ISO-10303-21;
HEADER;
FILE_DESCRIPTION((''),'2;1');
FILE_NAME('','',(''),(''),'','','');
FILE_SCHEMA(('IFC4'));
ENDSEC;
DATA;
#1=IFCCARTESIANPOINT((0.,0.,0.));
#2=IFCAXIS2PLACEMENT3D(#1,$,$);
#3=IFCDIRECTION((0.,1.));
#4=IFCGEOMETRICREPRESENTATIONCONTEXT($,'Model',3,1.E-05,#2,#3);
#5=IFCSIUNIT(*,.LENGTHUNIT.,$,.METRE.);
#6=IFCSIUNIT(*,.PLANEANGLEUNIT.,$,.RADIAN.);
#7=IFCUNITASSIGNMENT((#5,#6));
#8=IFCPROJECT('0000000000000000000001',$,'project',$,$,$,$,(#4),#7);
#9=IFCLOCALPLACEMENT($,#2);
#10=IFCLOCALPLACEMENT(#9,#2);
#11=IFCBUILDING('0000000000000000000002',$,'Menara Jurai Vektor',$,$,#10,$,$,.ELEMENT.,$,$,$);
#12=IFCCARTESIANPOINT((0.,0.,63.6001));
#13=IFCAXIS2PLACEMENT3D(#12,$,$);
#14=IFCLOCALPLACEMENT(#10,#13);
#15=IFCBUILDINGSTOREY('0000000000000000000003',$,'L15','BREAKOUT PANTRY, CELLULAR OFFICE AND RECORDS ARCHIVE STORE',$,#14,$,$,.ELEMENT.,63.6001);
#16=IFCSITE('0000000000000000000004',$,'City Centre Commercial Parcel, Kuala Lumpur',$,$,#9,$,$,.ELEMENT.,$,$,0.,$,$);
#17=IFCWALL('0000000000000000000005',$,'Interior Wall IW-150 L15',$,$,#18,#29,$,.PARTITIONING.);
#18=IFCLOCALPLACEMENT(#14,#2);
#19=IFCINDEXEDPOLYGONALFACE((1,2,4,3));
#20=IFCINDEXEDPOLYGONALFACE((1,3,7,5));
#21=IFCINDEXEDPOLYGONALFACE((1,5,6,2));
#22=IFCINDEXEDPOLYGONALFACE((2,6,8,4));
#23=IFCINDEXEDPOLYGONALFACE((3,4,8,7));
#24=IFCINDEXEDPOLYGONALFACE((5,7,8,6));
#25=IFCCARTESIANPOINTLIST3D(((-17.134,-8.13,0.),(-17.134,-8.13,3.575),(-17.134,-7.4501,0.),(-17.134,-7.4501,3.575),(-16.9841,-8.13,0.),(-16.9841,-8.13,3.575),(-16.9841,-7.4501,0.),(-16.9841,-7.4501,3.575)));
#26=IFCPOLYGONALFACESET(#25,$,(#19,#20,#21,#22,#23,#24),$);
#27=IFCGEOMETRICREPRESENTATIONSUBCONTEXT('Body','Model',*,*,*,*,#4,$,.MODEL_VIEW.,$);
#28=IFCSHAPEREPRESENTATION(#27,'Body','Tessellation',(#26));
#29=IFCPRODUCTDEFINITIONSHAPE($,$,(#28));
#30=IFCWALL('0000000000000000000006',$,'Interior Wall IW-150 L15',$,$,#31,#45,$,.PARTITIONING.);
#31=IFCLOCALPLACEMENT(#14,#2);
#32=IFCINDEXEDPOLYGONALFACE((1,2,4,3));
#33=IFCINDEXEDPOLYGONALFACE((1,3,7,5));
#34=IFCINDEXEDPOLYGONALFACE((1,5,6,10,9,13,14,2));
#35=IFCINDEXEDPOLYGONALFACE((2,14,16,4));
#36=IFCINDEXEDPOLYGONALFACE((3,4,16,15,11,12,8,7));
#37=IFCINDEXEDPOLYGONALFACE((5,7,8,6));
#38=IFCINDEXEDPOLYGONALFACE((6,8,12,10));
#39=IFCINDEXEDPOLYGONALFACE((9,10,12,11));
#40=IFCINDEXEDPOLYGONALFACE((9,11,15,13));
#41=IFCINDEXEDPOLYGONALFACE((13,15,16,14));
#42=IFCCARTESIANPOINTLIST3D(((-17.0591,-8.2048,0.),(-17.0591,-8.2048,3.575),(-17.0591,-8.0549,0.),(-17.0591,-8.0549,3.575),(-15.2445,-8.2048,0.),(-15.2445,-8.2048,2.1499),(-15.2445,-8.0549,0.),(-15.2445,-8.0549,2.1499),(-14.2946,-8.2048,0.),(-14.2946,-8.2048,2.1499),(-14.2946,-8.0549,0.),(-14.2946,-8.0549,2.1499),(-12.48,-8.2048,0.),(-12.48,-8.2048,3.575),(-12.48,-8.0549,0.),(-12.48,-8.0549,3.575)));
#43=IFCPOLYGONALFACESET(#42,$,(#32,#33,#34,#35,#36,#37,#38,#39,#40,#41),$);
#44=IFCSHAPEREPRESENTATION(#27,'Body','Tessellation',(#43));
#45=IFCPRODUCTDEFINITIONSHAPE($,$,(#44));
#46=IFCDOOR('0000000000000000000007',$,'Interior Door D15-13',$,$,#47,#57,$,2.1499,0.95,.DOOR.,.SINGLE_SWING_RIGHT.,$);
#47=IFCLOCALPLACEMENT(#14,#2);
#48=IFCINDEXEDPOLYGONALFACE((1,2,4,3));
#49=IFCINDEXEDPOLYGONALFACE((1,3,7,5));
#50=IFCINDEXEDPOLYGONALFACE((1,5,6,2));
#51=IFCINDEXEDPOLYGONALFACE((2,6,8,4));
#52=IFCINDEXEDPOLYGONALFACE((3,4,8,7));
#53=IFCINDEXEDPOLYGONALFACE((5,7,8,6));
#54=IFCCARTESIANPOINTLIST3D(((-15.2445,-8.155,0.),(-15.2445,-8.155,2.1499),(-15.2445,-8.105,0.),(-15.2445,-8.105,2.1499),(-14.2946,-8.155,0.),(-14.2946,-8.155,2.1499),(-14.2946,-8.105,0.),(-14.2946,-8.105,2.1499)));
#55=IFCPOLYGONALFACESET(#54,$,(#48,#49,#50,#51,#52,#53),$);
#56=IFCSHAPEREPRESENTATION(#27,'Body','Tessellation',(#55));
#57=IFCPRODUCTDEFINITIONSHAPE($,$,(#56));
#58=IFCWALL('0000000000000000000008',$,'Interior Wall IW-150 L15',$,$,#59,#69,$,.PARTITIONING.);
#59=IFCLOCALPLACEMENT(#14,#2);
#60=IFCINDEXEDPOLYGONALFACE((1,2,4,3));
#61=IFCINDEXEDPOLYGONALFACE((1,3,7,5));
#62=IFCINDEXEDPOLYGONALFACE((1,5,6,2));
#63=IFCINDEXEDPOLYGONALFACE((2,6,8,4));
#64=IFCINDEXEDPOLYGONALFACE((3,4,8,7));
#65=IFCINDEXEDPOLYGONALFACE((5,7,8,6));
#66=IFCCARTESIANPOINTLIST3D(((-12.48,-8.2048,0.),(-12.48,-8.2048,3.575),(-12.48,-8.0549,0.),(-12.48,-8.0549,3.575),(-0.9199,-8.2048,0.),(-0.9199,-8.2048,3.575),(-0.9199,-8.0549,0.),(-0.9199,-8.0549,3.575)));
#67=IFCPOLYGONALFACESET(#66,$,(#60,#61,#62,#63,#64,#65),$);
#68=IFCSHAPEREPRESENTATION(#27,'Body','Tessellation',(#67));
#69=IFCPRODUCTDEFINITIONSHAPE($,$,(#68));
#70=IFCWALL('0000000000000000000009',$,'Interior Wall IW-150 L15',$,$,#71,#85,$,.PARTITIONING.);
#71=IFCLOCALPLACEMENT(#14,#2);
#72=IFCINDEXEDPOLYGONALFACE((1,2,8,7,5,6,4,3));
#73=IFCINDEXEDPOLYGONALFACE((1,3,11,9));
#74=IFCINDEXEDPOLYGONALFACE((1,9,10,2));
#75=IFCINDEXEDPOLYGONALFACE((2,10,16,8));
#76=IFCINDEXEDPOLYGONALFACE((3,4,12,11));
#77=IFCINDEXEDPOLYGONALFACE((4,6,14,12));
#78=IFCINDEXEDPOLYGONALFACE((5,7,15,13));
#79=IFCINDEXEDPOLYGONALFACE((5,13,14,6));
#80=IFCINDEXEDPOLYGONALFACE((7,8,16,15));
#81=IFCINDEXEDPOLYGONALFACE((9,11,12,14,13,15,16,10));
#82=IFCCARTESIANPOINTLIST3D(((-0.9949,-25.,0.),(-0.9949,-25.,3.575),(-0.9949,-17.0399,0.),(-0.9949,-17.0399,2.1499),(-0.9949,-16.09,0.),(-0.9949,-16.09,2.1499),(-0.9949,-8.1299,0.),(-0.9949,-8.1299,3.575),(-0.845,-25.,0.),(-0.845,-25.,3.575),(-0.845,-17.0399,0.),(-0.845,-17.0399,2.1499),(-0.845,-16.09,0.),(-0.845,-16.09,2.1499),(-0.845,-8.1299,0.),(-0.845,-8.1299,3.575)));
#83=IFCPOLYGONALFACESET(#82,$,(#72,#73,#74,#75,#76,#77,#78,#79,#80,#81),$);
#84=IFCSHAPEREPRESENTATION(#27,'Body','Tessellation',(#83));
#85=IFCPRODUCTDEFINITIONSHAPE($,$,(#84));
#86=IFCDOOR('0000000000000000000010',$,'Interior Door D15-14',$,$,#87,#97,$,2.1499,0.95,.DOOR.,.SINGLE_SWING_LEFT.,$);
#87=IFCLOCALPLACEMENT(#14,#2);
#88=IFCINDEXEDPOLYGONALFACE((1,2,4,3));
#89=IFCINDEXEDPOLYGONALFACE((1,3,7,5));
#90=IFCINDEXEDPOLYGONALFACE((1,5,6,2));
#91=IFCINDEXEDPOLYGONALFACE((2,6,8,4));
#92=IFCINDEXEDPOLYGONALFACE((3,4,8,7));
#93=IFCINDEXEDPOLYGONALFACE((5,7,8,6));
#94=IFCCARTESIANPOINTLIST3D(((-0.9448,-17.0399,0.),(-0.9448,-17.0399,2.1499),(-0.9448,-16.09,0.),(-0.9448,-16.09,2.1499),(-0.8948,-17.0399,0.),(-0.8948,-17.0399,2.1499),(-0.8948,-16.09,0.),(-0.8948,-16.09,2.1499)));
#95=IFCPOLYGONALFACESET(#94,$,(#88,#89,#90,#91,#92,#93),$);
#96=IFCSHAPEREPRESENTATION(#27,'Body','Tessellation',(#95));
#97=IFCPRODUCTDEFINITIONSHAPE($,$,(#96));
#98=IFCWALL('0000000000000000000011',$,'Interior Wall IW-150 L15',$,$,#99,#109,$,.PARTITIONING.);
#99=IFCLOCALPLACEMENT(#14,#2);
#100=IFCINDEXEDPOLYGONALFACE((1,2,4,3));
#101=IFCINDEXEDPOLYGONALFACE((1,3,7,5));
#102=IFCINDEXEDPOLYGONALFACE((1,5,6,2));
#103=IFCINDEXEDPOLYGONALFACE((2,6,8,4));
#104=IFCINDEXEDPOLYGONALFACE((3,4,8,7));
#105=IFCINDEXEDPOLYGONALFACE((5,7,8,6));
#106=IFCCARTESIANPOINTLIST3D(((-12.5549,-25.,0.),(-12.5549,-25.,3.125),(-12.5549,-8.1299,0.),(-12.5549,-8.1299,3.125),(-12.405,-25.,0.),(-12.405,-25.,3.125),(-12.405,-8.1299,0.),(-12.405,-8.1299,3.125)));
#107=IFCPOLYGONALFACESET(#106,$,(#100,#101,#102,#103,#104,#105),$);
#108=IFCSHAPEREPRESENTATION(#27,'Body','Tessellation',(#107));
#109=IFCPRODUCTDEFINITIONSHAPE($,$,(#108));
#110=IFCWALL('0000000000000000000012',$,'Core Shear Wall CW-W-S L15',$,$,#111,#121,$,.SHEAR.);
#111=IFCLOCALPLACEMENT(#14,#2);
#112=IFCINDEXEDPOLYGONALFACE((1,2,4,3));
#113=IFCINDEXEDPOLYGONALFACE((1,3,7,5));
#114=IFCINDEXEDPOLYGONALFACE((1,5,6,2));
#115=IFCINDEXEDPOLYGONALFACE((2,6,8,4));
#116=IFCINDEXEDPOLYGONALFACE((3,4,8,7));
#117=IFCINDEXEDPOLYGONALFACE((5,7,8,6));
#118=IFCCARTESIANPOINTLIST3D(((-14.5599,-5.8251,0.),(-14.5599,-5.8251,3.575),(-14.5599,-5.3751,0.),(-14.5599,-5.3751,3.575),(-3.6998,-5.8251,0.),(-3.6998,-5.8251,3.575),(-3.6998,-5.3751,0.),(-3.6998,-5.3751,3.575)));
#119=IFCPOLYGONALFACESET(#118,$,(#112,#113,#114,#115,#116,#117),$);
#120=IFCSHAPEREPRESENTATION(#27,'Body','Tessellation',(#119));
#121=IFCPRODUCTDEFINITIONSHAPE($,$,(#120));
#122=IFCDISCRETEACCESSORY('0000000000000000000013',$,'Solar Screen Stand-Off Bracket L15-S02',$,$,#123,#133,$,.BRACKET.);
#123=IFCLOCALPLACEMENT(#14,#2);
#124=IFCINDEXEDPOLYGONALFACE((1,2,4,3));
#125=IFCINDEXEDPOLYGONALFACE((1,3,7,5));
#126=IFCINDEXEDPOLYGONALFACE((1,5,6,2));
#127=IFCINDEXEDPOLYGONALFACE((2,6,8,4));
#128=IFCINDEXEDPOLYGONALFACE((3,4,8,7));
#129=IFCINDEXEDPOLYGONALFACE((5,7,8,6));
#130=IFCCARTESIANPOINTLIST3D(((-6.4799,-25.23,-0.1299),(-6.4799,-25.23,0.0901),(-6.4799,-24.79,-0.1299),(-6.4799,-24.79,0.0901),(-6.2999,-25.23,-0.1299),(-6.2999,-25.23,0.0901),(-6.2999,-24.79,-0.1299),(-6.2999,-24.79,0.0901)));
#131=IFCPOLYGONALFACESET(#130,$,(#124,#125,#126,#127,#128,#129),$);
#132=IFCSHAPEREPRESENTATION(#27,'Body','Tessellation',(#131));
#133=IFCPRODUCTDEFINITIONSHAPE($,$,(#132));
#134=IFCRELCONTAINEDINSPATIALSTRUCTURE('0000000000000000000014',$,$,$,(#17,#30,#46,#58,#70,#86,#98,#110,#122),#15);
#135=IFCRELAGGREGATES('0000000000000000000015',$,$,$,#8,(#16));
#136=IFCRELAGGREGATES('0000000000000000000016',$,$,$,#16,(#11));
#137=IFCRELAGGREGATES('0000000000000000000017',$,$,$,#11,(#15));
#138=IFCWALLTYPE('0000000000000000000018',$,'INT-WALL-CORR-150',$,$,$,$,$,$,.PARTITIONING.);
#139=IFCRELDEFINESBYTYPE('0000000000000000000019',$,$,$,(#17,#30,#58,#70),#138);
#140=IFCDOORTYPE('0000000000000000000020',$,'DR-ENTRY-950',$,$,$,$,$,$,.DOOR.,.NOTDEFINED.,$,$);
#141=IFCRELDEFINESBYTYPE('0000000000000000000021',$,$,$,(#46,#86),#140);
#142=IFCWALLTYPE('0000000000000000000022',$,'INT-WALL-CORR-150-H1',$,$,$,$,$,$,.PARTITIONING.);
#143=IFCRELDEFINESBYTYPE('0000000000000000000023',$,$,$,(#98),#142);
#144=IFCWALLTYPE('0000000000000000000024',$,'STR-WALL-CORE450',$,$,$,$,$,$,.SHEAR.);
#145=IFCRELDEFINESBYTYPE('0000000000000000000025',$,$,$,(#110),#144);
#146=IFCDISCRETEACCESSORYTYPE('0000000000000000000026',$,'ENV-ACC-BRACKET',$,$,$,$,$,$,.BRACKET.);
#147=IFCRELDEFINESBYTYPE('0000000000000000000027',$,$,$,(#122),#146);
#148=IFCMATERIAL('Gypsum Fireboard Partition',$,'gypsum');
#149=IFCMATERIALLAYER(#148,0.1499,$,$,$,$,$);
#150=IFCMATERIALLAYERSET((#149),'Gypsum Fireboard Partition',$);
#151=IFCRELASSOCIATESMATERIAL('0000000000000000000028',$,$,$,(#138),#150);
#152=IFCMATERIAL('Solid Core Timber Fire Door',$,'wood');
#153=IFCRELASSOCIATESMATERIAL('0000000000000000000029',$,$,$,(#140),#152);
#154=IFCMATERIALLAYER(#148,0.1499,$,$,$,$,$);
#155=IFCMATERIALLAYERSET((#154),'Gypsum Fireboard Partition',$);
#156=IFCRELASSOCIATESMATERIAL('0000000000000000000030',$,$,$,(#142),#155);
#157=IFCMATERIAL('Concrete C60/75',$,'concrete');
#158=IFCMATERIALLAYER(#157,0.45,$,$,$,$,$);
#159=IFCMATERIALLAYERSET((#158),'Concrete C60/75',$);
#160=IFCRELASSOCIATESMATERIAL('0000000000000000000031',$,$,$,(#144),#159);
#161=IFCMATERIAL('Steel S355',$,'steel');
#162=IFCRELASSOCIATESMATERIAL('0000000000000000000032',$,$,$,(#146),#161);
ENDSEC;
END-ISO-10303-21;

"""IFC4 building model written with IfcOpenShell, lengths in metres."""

from ifc_helpers import new_model, si_unit, direction, frame, frame_2d, origin, origin_2d, place, context, subcontext, project, spatial, rectangle, extrude, material, layer, layer_set, type_object, element, fill, save


model = new_model("IFC4")

# Units and contexts
model_context = context("Model", 3, precision=1e-05, world=origin(), true_north=direction((0.0, 1.0)))
body_context = subcontext(model_context, "Body", "Model", "MODEL_VIEW")
ifc_project = project(units=[si_unit("LENGTHUNIT", "METRE"), si_unit("PLANEANGLEUNIT", "RADIAN")], contexts=[model_context])

# Site, building, storey
site_placement = place(None, origin())
site = spatial("IfcSite", under=ifc_project, at=site_placement, Name="City Centre Commercial Parcel, Kuala Lumpur", CompositionType="ELEMENT", RefElevation=0.0)
building_placement = place(site_placement, origin())
building = spatial("IfcBuilding", under=site, at=building_placement, Name="Menara Jurai Vektor", CompositionType="ELEMENT")
storey_placement = place(building_placement, frame((0.0, 0.0, 63.6001)))
storey = spatial("IfcBuildingStorey", under=building, at=storey_placement, Name="L15", Description="BREAKOUT PANTRY, CELLULAR OFFICE AND RECORDS ARCHIVE STORE", CompositionType="ELEMENT", Elevation=63.6001)

# Shared definitions
ifc_material_1 = material(Name="Concrete C60/75", Category="concrete")

# Shared definitions
ifc_material_2 = material(Name="Steel S355", Category="steel")

# Wall
ifc_material_3 = material(Name="Gypsum Fireboard Partition", Category="gypsum")
ifc_layer_1 = layer(ifc_material_3, 0.1499)
ifc_layer_set_1 = layer_set([ifc_layer_1], Name="Gypsum Fireboard Partition")
wall_type_1 = type_object("IfcWallType", Name="INT-WALL-CORR-150", PredefinedType="PARTITIONING", material=ifc_layer_set_1)
wall_1_placement = place(storey_placement, frame((-17.0591, -8.1299, 0.0), z_axis=(0.0, 0.0, 1.0), x_axis=(0.0, 1.0, 0.0)))
element("IfcWall", 1, at=wall_1_placement, inside=storey, type_object=wall_type_1, Name="Interior Wall IW-150 L15", PredefinedType="PARTITIONING", context=body_context, shape_type="SweptSolid", body=[
    extrude(rectangle(XDim=0.6799, YDim=0.1499, at=frame_2d((0.3398, 0.0))), origin(), (0.0, 0.0, 1.0), 3.575),
])

# Wall, opening, door
wall_2_placement = place(storey_placement, frame((-17.0591, -8.1299, 0.0), z_axis=(0.0, 0.0, 1.0), x_axis=(1.0, 0.0, 0.0)))
wall_2 = element("IfcWall", 2, at=wall_2_placement, inside=storey, type_object=wall_type_1, Name="Interior Wall IW-150 L15", PredefinedType="PARTITIONING", context=body_context, shape_type="SweptSolid", body=[
    extrude(rectangle(XDim=4.5791, YDim=0.1499, at=frame_2d((2.2896, 0.0))), origin(), (0.0, 0.0, 1.0), 3.575),
])
opening_1_placement = place(wall_2_placement, frame((1.8145, 0.0, 0.0)))
opening_1 = element("IfcOpeningElement", 3, at=opening_1_placement, cuts=wall_2, PredefinedType="OPENING", context=body_context, shape_type="SweptSolid", body=[
    extrude(rectangle(XDim=0.95, YDim=2.1499, at=frame_2d((0.4751, 1.075))), frame((0.0, 0.085, 0.0), z_axis=(0.0, -1.0, 0.0), x_axis=(1.0, 0.0, 0.0)), (0.0, 0.0, 1.0), 0.1699),
])
ifc_material_4 = material(Name="Solid Core Timber Fire Door", Category="wood")
door_type = type_object("IfcDoorType", Name="DR-ENTRY-950", OperationType="NOTDEFINED", PredefinedType="DOOR", material=ifc_material_4)
door_1_placement = place(opening_1_placement, origin())
door_1 = element("IfcDoor", 4, at=door_1_placement, inside=storey, type_object=door_type, Name="Interior Door D15-13", OperationType="SINGLE_SWING_RIGHT", OverallHeight=2.1499, OverallWidth=0.95, PredefinedType="DOOR", context=body_context, shape_type="SweptSolid", body=[
    extrude(rectangle(XDim=0.95, YDim=2.1499, at=frame_2d((0.4751, 1.075))), frame((0.0, 0.0249, 0.0), z_axis=(0.0, -1.0, 0.0), x_axis=(1.0, 0.0, 0.0)), (0.0, 0.0, 1.0), 0.05),
])
fill(opening_1, door_1)

# Wall
wall_3_placement = place(storey_placement, frame((-12.48, -8.1299, 0.0), z_axis=(0.0, 0.0, 1.0), x_axis=(1.0, 0.0, 0.0)))
element("IfcWall", 5, at=wall_3_placement, inside=storey, type_object=wall_type_1, Name="Interior Wall IW-150 L15", PredefinedType="PARTITIONING", context=body_context, shape_type="SweptSolid", body=[
    extrude(rectangle(XDim=11.5601, YDim=0.1499, at=frame_2d((5.78, 0.0))), origin(), (0.0, 0.0, 1.0), 3.575),
])

# Wall, opening, door
wall_4_placement = place(storey_placement, frame((-0.9199, -25.0, 0.0), z_axis=(0.0, 0.0, 1.0), x_axis=(0.0, 1.0, 0.0)))
wall_4 = element("IfcWall", 6, at=wall_4_placement, inside=storey, type_object=wall_type_1, Name="Interior Wall IW-150 L15", PredefinedType="PARTITIONING", context=body_context, shape_type="SweptSolid", body=[
    extrude(rectangle(XDim=16.8701, YDim=0.1499, at=frame_2d((8.4351, 0.0))), origin(), (0.0, 0.0, 1.0), 3.575),
])
opening_2_placement = place(wall_4_placement, frame((7.96, 0.0, 0.0)))
opening_2 = element("IfcOpeningElement", 7, at=opening_2_placement, cuts=wall_4, PredefinedType="OPENING", context=body_context, shape_type="SweptSolid", body=[
    extrude(rectangle(XDim=0.95, YDim=2.1499, at=frame_2d((0.4751, 1.075))), frame((0.0, 0.085, 0.0), z_axis=(0.0, -1.0, 0.0), x_axis=(1.0, 0.0, 0.0)), (0.0, 0.0, 1.0), 0.1699),
])
door_2_placement = place(opening_2_placement, origin())
door_2 = element("IfcDoor", 8, at=door_2_placement, inside=storey, type_object=door_type, Name="Interior Door D15-14", OperationType="SINGLE_SWING_LEFT", OverallHeight=2.1499, OverallWidth=0.95, PredefinedType="DOOR", context=body_context, shape_type="SweptSolid", body=[
    extrude(rectangle(XDim=0.95, YDim=2.1499, at=frame_2d((0.4751, 1.075))), frame((0.0, 0.0249, 0.0), z_axis=(0.0, -1.0, 0.0), x_axis=(1.0, 0.0, 0.0)), (0.0, 0.0, 1.0), 0.05),
])
fill(opening_2, door_2)

# Walls
ifc_layer_2 = layer(ifc_material_3, 0.1499)
ifc_layer_set_2 = layer_set([ifc_layer_2], Name="Gypsum Fireboard Partition")
wall_type_2 = type_object("IfcWallType", Name="INT-WALL-CORR-150-H1", PredefinedType="PARTITIONING", material=ifc_layer_set_2)
wall_5_placement = place(storey_placement, frame((-12.48, -25.0, 0.0), z_axis=(0.0, 0.0, 1.0), x_axis=(0.0, 1.0, 0.0)))
element("IfcWall", 9, at=wall_5_placement, inside=storey, type_object=wall_type_2, Name="Interior Wall IW-150 L15", PredefinedType="PARTITIONING", context=body_context, shape_type="SweptSolid", body=[
    extrude(rectangle(XDim=16.8701, YDim=0.1499, at=frame_2d((8.4351, 0.0))), origin(), (0.0, 0.0, 1.0), 3.125),
])
ifc_layer_3 = layer(ifc_material_1, 0.45)
ifc_layer_set_3 = layer_set([ifc_layer_3], Name="Concrete C60/75")
wall_type_3 = type_object("IfcWallType", Name="STR-WALL-CORE450", PredefinedType="SHEAR", material=ifc_layer_set_3)
wall_6_placement = place(storey_placement, frame((-14.5601, -5.6001, 0.0), z_axis=(0.0, 0.0, 1.0), x_axis=(1.0, 0.0, 0.0)))
element("IfcWall", 10, at=wall_6_placement, inside=storey, type_object=wall_type_3, Name="Core Shear Wall CW-W-S L15", PredefinedType="SHEAR", context=body_context, shape_type="SweptSolid", body=[
    extrude(rectangle(XDim=10.8601, YDim=0.45, at=frame_2d((5.4302, 0.0))), origin(), (0.0, 0.0, 1.0), 3.575),
])

# Discrete accessory
discrete_accessory_type = type_object("IfcDiscreteAccessoryType", Name="ENV-ACC-BRACKET", PredefinedType="BRACKET", material=ifc_material_2)
discrete_accessory_placement = place(storey_placement, frame((-6.3899, -25.01, -0.1299), z_axis=(0.0, 0.0, 1.0), x_axis=(1.0, 0.0, 0.0)))
element("IfcDiscreteAccessory", 11, at=discrete_accessory_placement, inside=storey, type_object=discrete_accessory_type, Name="Solar Screen Stand-Off Bracket L15-S02", PredefinedType="BRACKET", context=body_context, shape_type="SweptSolid", body=[
    extrude(rectangle(XDim=0.1799, YDim=0.4399, at=origin_2d()), origin(), (0.0, 0.0, 1.0), 0.22),
])

save(model, "model.ifc")
